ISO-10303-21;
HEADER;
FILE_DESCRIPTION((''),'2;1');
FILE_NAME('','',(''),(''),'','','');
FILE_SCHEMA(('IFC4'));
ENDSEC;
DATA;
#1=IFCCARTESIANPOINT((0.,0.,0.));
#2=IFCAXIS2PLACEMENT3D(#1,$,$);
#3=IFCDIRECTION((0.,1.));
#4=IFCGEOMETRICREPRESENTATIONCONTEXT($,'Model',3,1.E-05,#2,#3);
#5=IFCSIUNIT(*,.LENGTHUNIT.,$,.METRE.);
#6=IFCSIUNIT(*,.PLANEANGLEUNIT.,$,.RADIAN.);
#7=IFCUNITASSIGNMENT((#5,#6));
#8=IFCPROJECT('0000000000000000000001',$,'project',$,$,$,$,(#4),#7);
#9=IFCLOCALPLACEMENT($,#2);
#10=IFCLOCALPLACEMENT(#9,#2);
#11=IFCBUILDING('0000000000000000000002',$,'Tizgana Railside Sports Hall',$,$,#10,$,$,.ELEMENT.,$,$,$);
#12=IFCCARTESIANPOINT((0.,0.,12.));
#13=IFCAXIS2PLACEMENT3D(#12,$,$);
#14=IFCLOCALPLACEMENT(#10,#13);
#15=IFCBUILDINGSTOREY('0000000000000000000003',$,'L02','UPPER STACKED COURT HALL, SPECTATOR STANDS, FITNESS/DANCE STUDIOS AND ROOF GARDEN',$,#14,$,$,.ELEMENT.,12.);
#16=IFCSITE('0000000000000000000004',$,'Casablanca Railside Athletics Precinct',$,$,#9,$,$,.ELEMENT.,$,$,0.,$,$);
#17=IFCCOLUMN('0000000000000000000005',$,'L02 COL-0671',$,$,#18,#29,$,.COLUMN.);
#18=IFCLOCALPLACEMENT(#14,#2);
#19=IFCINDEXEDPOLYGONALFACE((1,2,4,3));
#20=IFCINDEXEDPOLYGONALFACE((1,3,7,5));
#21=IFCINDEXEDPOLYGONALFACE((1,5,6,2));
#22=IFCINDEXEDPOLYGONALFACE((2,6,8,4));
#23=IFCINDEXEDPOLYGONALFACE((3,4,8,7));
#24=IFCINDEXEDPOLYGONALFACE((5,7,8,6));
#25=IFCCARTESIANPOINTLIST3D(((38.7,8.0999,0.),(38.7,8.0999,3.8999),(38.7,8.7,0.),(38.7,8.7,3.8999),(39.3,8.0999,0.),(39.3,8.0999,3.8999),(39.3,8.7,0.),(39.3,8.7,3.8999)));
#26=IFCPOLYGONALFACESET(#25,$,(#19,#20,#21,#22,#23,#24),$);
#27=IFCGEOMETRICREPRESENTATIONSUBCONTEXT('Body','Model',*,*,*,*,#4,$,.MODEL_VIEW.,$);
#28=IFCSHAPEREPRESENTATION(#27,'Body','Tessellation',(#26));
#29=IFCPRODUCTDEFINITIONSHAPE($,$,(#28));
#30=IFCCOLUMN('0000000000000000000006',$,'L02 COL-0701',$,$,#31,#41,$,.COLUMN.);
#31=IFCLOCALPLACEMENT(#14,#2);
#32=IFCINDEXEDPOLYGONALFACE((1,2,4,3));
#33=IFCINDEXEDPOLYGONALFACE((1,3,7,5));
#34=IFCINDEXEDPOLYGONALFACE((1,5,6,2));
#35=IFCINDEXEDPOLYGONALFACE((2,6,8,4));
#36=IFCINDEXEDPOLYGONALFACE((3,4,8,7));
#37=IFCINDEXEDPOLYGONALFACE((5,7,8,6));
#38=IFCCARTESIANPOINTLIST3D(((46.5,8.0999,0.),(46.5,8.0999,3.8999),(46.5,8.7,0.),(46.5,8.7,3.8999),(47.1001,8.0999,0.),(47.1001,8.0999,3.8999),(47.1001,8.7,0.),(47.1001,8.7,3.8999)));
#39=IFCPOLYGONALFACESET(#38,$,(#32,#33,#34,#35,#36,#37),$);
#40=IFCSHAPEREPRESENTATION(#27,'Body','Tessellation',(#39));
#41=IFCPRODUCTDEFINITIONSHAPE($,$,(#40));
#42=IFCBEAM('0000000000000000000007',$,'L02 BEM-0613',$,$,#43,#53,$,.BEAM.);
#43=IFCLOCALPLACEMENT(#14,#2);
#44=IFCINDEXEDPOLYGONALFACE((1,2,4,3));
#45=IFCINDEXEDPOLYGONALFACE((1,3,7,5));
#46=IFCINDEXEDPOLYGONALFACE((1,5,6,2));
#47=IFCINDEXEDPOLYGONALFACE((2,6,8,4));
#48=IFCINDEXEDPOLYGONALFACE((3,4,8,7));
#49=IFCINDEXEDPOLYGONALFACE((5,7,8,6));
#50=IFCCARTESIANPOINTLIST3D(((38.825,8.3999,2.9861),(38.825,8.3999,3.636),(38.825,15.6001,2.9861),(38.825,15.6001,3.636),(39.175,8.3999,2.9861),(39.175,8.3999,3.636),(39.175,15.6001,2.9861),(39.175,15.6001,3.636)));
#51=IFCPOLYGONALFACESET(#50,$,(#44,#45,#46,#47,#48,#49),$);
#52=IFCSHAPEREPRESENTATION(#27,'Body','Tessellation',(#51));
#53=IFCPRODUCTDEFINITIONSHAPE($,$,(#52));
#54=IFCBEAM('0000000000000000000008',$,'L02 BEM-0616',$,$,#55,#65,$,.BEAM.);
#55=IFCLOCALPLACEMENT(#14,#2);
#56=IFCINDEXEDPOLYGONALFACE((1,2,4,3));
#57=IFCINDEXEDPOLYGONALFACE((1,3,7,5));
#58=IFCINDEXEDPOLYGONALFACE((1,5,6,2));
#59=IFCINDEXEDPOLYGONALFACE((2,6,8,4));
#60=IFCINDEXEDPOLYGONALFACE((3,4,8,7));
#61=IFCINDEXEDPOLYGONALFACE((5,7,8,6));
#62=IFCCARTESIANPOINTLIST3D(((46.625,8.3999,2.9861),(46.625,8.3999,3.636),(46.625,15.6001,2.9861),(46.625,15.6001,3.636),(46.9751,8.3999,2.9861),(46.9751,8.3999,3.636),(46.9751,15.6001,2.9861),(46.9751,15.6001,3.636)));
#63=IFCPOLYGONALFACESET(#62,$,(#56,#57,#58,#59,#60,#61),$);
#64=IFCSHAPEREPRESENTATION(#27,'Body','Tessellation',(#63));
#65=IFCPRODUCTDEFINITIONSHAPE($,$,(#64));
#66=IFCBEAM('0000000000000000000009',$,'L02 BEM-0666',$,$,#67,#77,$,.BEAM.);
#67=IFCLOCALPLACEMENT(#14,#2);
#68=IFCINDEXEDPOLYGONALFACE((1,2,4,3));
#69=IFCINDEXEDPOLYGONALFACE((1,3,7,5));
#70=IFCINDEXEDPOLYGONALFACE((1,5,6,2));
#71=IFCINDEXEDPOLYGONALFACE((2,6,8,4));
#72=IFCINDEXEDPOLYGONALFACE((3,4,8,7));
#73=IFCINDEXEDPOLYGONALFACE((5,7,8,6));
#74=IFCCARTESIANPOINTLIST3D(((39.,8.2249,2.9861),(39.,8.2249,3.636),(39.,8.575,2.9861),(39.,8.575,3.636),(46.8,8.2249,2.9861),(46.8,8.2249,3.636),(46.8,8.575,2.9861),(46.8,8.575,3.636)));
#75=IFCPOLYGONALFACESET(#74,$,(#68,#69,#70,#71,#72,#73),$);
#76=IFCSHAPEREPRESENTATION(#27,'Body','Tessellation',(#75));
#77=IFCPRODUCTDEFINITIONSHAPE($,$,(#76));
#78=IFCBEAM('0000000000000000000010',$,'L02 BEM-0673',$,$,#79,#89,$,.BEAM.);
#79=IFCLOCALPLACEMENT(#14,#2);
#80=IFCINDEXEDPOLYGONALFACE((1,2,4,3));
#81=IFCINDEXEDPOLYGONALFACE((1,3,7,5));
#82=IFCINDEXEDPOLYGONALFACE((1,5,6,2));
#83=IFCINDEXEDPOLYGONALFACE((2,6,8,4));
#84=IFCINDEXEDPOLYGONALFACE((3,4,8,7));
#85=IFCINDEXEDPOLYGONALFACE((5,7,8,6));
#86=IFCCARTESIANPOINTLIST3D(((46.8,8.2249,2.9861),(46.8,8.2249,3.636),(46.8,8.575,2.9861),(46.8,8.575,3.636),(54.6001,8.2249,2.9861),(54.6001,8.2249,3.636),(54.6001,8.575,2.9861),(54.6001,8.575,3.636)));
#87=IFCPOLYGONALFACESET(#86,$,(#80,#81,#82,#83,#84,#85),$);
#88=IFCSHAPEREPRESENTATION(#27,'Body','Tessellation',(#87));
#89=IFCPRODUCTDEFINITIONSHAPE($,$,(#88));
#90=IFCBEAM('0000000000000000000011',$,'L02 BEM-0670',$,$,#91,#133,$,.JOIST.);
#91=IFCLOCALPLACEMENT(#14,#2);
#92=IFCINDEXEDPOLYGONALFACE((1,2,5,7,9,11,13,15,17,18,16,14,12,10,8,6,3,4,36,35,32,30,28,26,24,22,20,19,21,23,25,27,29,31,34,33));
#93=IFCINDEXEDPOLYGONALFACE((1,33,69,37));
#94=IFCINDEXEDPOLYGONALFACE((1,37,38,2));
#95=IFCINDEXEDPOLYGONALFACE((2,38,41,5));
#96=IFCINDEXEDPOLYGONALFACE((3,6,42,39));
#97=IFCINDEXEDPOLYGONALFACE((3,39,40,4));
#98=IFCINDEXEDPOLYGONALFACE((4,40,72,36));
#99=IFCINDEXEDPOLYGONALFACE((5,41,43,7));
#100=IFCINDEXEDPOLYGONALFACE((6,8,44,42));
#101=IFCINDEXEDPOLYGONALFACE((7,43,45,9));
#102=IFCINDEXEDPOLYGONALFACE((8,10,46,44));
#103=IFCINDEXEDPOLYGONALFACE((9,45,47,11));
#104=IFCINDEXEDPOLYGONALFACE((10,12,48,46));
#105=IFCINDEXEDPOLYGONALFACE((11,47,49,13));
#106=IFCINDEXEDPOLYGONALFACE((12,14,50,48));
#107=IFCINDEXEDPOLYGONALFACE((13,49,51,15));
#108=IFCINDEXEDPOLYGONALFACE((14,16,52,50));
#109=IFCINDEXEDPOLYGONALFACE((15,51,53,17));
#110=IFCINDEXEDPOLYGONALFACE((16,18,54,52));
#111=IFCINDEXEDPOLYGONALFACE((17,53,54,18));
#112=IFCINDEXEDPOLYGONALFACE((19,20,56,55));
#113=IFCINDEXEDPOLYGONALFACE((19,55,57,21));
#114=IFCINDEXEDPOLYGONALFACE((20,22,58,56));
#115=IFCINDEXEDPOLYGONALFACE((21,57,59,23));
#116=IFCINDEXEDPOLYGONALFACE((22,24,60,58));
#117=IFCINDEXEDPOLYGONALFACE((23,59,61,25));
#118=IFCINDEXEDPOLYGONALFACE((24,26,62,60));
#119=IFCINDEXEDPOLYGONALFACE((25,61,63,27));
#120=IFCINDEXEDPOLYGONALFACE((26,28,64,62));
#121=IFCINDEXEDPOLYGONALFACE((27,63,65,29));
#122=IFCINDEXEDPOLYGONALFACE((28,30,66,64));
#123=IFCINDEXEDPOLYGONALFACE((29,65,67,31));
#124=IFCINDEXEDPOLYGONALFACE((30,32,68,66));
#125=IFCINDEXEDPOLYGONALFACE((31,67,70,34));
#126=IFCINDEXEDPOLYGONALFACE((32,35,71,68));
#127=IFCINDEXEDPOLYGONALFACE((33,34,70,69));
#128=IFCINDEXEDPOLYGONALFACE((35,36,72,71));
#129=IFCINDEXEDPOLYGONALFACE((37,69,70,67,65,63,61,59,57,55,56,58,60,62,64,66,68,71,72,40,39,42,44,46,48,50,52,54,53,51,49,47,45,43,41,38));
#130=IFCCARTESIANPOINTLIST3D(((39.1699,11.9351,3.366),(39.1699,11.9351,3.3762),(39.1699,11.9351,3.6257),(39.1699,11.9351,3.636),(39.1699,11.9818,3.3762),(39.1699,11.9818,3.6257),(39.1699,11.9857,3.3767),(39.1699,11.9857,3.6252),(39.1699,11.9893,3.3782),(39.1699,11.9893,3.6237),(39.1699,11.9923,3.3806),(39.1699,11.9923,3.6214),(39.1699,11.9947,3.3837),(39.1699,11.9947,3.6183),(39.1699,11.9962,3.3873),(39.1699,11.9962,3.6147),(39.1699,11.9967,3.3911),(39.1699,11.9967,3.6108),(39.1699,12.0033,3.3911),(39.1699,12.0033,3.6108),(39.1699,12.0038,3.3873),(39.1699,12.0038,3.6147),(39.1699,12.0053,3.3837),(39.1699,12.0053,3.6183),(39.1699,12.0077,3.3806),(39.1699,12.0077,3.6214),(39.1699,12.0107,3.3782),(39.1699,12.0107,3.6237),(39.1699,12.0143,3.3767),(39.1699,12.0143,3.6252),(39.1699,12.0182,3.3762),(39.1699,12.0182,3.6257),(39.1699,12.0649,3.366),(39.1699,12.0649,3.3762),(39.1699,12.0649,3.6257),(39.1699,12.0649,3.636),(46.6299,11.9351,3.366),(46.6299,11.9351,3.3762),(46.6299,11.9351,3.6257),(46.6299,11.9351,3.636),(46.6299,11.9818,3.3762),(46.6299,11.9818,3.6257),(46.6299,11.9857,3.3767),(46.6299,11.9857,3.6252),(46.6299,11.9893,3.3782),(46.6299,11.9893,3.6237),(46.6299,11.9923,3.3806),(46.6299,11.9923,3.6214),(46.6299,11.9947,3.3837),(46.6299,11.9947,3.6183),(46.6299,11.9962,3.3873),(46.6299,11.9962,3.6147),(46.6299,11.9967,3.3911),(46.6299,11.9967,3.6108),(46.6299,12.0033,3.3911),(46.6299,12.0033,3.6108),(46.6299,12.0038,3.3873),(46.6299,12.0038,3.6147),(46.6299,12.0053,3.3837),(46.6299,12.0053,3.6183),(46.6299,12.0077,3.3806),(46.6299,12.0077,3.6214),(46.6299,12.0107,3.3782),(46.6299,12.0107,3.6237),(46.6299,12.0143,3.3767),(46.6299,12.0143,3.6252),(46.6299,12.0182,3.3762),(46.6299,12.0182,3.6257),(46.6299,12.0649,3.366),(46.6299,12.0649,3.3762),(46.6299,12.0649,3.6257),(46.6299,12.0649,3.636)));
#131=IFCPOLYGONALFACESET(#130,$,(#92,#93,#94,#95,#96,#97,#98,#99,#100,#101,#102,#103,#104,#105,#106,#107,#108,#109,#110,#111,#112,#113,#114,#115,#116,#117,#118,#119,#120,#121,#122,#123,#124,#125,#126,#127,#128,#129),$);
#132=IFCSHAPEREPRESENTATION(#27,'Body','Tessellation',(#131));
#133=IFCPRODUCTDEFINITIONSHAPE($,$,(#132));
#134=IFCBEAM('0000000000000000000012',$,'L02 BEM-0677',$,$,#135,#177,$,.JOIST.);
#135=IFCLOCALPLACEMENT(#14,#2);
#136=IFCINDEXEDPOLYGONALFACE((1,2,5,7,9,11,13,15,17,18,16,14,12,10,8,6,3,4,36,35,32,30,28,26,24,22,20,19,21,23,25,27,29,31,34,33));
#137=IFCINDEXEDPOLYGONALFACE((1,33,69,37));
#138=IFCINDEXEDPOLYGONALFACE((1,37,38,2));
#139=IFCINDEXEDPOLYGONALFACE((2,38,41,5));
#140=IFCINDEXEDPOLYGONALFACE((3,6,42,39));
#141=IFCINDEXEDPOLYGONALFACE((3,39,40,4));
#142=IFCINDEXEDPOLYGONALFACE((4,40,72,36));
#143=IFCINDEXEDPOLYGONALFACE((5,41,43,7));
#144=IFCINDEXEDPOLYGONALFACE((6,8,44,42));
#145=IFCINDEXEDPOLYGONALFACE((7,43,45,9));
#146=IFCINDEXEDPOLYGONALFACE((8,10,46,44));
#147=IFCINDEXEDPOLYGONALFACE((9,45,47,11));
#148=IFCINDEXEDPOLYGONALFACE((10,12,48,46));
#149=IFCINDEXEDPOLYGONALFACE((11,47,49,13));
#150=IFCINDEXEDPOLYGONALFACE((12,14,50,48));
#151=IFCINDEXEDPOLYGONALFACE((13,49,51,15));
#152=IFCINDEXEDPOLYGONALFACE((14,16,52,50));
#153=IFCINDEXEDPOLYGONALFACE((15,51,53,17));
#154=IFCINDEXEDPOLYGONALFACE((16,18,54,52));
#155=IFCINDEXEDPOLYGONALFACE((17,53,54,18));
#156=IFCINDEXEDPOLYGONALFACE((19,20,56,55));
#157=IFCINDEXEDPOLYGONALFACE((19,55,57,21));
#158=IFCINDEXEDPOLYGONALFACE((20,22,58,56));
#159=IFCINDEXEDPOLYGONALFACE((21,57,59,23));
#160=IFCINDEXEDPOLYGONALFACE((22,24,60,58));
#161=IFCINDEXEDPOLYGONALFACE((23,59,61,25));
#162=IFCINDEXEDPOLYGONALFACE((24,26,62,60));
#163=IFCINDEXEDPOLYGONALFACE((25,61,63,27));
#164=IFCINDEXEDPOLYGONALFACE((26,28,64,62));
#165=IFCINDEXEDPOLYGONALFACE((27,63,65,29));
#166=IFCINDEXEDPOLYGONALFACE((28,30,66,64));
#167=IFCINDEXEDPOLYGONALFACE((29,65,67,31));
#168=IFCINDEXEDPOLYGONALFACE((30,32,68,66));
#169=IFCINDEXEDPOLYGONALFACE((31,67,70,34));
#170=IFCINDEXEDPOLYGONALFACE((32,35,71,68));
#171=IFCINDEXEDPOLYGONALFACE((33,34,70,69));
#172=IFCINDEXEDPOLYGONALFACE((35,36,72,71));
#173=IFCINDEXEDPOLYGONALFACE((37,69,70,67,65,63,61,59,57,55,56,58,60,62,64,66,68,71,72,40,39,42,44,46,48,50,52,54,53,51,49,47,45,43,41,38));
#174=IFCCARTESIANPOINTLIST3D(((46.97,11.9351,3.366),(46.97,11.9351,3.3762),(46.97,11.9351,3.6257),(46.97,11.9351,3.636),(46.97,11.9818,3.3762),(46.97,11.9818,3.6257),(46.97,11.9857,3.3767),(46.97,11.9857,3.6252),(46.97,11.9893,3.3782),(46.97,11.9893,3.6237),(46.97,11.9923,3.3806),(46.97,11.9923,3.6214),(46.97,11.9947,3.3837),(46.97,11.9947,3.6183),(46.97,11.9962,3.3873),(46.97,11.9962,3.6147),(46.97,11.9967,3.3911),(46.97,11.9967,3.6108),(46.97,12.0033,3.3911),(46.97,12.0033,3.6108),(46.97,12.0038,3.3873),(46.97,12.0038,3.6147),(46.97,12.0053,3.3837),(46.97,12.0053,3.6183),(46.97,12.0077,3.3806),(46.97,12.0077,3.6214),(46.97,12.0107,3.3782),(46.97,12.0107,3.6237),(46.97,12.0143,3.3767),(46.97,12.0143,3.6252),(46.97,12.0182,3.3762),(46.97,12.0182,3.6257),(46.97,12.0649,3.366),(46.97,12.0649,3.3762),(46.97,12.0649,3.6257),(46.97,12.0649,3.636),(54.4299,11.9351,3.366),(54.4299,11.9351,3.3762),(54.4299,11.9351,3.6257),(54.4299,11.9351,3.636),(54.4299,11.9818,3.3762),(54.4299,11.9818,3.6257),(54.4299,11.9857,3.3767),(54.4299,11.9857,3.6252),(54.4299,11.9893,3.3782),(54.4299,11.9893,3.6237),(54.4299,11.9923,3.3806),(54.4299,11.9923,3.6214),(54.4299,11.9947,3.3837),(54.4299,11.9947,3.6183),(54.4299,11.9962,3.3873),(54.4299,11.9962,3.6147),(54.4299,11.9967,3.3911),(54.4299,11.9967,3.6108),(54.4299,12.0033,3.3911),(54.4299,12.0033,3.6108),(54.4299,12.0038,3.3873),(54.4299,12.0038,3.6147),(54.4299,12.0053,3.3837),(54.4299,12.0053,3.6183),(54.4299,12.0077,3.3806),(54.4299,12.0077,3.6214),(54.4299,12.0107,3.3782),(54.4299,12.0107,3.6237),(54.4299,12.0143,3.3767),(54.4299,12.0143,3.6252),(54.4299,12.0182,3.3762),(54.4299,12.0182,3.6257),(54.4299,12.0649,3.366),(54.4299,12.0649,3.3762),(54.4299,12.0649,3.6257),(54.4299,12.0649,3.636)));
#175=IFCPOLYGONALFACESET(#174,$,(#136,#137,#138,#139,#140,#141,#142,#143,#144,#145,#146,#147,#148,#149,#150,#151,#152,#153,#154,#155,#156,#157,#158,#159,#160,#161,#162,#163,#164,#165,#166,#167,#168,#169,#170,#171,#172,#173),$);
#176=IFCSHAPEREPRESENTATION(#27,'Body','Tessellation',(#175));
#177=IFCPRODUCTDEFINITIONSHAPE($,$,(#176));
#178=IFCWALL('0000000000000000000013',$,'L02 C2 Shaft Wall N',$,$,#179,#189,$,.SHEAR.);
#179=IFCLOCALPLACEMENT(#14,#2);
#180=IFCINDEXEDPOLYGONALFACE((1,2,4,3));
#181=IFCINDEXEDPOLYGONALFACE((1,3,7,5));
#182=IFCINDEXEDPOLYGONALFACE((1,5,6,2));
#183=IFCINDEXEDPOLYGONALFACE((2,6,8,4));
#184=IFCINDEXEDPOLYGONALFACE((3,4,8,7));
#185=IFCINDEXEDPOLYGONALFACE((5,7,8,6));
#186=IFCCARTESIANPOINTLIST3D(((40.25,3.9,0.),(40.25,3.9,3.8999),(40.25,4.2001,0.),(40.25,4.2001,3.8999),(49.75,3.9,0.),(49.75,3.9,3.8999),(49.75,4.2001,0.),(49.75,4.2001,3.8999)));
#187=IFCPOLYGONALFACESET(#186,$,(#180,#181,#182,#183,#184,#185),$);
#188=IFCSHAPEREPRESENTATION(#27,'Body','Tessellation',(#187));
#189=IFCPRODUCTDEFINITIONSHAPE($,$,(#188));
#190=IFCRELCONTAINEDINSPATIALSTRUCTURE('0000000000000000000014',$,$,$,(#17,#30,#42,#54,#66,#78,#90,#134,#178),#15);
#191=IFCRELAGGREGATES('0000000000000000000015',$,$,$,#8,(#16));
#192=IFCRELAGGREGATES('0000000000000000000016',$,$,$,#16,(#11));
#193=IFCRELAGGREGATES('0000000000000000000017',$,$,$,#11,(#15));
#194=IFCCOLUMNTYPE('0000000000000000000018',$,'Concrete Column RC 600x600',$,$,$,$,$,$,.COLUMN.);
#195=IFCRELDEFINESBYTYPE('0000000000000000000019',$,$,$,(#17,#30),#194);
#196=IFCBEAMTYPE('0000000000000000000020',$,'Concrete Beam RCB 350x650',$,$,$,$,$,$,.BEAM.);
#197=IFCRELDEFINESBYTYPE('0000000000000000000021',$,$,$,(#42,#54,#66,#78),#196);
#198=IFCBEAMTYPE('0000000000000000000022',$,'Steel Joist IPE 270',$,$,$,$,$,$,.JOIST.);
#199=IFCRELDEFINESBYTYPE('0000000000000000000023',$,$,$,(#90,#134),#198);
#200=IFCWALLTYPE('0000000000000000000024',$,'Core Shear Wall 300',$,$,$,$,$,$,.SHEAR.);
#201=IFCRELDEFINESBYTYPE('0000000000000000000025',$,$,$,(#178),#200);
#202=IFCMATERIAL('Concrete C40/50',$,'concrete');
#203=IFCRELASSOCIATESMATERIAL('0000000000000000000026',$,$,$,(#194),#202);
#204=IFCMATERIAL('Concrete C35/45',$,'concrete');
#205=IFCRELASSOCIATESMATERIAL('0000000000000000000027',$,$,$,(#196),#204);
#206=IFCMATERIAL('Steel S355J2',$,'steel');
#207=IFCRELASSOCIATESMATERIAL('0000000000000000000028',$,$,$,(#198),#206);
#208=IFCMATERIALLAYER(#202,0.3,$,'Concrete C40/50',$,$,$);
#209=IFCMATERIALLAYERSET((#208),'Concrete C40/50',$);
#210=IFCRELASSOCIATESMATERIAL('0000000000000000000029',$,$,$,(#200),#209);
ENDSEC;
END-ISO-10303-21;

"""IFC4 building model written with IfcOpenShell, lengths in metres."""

from ifc_helpers import new_model, si_unit, direction, frame, frame_2d, origin, origin_2d, place, context, subcontext, project, spatial, rectangle, i_section, extrude, material, layer, layer_set, material_profile, profile_set, type_object, element, save


model = new_model("IFC4")

# Units and contexts
model_context = context("Model", 3, precision=1e-05, world=origin(), true_north=direction((0.0, 1.0)))
body_context = subcontext(model_context, "Body", "Model", "MODEL_VIEW")
ifc_project = project(units=[si_unit("LENGTHUNIT", "METRE"), si_unit("PLANEANGLEUNIT", "RADIAN")], contexts=[model_context])

# Site, building, storey
site_placement = place(None, origin())
site = spatial("IfcSite", under=ifc_project, at=site_placement, Name="Casablanca Railside Athletics Precinct", CompositionType="ELEMENT", RefElevation=0.0)
building_placement = place(site_placement, origin())
building = spatial("IfcBuilding", under=site, at=building_placement, Name="Tizgana Railside Sports Hall", CompositionType="ELEMENT")
storey_placement = place(building_placement, frame((0.0, 0.0, 12.0)))
storey = spatial("IfcBuildingStorey", under=building, at=storey_placement, Name="L02", Description="UPPER STACKED COURT HALL, SPECTATOR STANDS, FITNESS/DANCE STUDIOS AND ROOF GARDEN", CompositionType="ELEMENT", Elevation=12.0)

# Columns
ifc_material_1 = material(Name="Concrete C40/50", Category="concrete")
ifc_material_profile_1 = material_profile(ifc_material_1, rectangle(XDim=0.6001, YDim=0.6001, at=origin_2d()), Name="RC 600x600")
ifc_profile_set_1 = profile_set([ifc_material_profile_1], Name="Concrete C40/50")
column_type = type_object("IfcColumnType", Name="Concrete Column RC 600x600", PredefinedType="COLUMN", material=ifc_profile_set_1)
for number, where, z_axis, x_axis, name in (
    (1, (39.0, 8.3999, 0.0), (0.0, 0.0, 1.0), (1.0, 0.0, 0.0), "L02 COL-0671"),
    (2, (46.8, 8.3999, 0.0), (0.0, 0.0, 1.0), (1.0, 0.0, 0.0), "L02 COL-0701"),
):
    element("IfcColumn", number, at=place(storey_placement, frame(where, z_axis=z_axis, x_axis=x_axis)), inside=storey, type_object=column_type, Name=name, PredefinedType="COLUMN", context=body_context, shape_type="SweptSolid", body=[
        extrude(rectangle(XDim=0.6001, YDim=0.6001, at=origin_2d()), origin(), (0.0, 0.0, 1.0), 3.8999),
    ])

# Beams
ifc_material_2 = material(Name="Concrete C35/45", Category="concrete")
ifc_material_profile_2 = material_profile(ifc_material_2, rectangle(XDim=0.3501, YDim=0.6499, at=origin_2d()), Name="RCB 350x650")
ifc_profile_set_2 = profile_set([ifc_material_profile_2], Name="Concrete C35/45")
beam_type_1 = type_object("IfcBeamType", Name="Concrete Beam RCB 350x650", PredefinedType="BEAM", material=ifc_profile_set_2)
for number, where, z_axis, x_axis, name in (
    (3, (39.0, 8.3999, 3.311), (0.0, 1.0, 0.0), (-1.0, 0.0, 0.0), "L02 BEM-0613"),
    (4, (46.8, 8.3999, 3.311), (0.0, 1.0, 0.0), (-1.0, 0.0, 0.0), "L02 BEM-0616"),
):
    element("IfcBeam", number, at=place(storey_placement, frame(where, z_axis=z_axis, x_axis=x_axis)), inside=storey, type_object=beam_type_1, Name=name, PredefinedType="BEAM", context=body_context, shape_type="SweptSolid", body=[
        extrude(rectangle(XDim=0.3501, YDim=0.6499, at=origin_2d()), origin(), (0.0, 0.0, 1.0), 7.2002),
    ])
for number, where, z_axis, x_axis, name in (
    (5, (39.0, 8.3999, 3.311), (1.0, 0.0, 0.0), (0.0, 1.0, 0.0), "L02 BEM-0666"),
    (6, (46.8, 8.3999, 3.311), (1.0, 0.0, 0.0), (0.0, 1.0, 0.0), "L02 BEM-0673"),
):
    element("IfcBeam", number, at=place(storey_placement, frame(where, z_axis=z_axis, x_axis=x_axis)), inside=storey, type_object=beam_type_1, Name=name, PredefinedType="BEAM", context=body_context, shape_type="SweptSolid", body=[
        extrude(rectangle(XDim=0.3501, YDim=0.6499, at=origin_2d()), origin(), (0.0, 0.0, 1.0), 7.8),
    ])
ifc_material_3 = material(Name="Steel S355J2", Category="steel")
ifc_material_profile_3 = material_profile(ifc_material_3, i_section(OverallWidth=0.1299, OverallDepth=0.27, WebThickness=0.0066, FlangeThickness=0.0103, FilletRadius=0.0149, at=origin_2d()), Name="IPE 270")
ifc_profile_set_3 = profile_set([ifc_material_profile_3], Name="Steel S355J2")
beam_type_2 = type_object("IfcBeamType", Name="Steel Joist IPE 270", PredefinedType="JOIST", material=ifc_profile_set_3)
for number, where, z_axis, x_axis, name in (
    (7, (39.1699, 12.0, 3.501), (1.0, 0.0, 0.0), (0.0, 1.0, 0.0), "L02 BEM-0670"),
    (8, (46.97, 12.0, 3.501), (1.0, 0.0, 0.0), (0.0, 1.0, 0.0), "L02 BEM-0677"),
):
    element("IfcBeam", number, at=place(storey_placement, frame(where, z_axis=z_axis, x_axis=x_axis)), inside=storey, type_object=beam_type_2, Name=name, PredefinedType="JOIST", context=body_context, shape_type="SweptSolid", body=[
        extrude(i_section(OverallWidth=0.1299, OverallDepth=0.27, WebThickness=0.0066, FlangeThickness=0.0103, FilletRadius=0.0149, at=origin_2d()), origin(), (0.0, 0.0, 1.0), 7.46),
    ])

# Wall
ifc_layer_1 = layer(ifc_material_1, 0.3, Name="Concrete C40/50")
ifc_layer_set_1 = layer_set([ifc_layer_1], Name="Concrete C40/50")
wall_type_1 = type_object("IfcWallType", Name="Core Shear Wall 300", PredefinedType="SHEAR", material=ifc_layer_set_1)
wall_1_placement = place(storey_placement, frame((40.25, 4.05, 0.0), z_axis=(0.0, 0.0, 1.0), x_axis=(1.0, 0.0, 0.0)))
element("IfcWall", 9, at=wall_1_placement, inside=storey, type_object=wall_type_1, Name="L02 C2 Shaft Wall N", PredefinedType="SHEAR", context=body_context, shape_type="SweptSolid", body=[
    extrude(rectangle(XDim=9.5, YDim=0.3, at=frame_2d((4.75, 0.0))), origin(), (0.0, 0.0, 1.0), 3.8999),
])

save(model, "model.ifc")
